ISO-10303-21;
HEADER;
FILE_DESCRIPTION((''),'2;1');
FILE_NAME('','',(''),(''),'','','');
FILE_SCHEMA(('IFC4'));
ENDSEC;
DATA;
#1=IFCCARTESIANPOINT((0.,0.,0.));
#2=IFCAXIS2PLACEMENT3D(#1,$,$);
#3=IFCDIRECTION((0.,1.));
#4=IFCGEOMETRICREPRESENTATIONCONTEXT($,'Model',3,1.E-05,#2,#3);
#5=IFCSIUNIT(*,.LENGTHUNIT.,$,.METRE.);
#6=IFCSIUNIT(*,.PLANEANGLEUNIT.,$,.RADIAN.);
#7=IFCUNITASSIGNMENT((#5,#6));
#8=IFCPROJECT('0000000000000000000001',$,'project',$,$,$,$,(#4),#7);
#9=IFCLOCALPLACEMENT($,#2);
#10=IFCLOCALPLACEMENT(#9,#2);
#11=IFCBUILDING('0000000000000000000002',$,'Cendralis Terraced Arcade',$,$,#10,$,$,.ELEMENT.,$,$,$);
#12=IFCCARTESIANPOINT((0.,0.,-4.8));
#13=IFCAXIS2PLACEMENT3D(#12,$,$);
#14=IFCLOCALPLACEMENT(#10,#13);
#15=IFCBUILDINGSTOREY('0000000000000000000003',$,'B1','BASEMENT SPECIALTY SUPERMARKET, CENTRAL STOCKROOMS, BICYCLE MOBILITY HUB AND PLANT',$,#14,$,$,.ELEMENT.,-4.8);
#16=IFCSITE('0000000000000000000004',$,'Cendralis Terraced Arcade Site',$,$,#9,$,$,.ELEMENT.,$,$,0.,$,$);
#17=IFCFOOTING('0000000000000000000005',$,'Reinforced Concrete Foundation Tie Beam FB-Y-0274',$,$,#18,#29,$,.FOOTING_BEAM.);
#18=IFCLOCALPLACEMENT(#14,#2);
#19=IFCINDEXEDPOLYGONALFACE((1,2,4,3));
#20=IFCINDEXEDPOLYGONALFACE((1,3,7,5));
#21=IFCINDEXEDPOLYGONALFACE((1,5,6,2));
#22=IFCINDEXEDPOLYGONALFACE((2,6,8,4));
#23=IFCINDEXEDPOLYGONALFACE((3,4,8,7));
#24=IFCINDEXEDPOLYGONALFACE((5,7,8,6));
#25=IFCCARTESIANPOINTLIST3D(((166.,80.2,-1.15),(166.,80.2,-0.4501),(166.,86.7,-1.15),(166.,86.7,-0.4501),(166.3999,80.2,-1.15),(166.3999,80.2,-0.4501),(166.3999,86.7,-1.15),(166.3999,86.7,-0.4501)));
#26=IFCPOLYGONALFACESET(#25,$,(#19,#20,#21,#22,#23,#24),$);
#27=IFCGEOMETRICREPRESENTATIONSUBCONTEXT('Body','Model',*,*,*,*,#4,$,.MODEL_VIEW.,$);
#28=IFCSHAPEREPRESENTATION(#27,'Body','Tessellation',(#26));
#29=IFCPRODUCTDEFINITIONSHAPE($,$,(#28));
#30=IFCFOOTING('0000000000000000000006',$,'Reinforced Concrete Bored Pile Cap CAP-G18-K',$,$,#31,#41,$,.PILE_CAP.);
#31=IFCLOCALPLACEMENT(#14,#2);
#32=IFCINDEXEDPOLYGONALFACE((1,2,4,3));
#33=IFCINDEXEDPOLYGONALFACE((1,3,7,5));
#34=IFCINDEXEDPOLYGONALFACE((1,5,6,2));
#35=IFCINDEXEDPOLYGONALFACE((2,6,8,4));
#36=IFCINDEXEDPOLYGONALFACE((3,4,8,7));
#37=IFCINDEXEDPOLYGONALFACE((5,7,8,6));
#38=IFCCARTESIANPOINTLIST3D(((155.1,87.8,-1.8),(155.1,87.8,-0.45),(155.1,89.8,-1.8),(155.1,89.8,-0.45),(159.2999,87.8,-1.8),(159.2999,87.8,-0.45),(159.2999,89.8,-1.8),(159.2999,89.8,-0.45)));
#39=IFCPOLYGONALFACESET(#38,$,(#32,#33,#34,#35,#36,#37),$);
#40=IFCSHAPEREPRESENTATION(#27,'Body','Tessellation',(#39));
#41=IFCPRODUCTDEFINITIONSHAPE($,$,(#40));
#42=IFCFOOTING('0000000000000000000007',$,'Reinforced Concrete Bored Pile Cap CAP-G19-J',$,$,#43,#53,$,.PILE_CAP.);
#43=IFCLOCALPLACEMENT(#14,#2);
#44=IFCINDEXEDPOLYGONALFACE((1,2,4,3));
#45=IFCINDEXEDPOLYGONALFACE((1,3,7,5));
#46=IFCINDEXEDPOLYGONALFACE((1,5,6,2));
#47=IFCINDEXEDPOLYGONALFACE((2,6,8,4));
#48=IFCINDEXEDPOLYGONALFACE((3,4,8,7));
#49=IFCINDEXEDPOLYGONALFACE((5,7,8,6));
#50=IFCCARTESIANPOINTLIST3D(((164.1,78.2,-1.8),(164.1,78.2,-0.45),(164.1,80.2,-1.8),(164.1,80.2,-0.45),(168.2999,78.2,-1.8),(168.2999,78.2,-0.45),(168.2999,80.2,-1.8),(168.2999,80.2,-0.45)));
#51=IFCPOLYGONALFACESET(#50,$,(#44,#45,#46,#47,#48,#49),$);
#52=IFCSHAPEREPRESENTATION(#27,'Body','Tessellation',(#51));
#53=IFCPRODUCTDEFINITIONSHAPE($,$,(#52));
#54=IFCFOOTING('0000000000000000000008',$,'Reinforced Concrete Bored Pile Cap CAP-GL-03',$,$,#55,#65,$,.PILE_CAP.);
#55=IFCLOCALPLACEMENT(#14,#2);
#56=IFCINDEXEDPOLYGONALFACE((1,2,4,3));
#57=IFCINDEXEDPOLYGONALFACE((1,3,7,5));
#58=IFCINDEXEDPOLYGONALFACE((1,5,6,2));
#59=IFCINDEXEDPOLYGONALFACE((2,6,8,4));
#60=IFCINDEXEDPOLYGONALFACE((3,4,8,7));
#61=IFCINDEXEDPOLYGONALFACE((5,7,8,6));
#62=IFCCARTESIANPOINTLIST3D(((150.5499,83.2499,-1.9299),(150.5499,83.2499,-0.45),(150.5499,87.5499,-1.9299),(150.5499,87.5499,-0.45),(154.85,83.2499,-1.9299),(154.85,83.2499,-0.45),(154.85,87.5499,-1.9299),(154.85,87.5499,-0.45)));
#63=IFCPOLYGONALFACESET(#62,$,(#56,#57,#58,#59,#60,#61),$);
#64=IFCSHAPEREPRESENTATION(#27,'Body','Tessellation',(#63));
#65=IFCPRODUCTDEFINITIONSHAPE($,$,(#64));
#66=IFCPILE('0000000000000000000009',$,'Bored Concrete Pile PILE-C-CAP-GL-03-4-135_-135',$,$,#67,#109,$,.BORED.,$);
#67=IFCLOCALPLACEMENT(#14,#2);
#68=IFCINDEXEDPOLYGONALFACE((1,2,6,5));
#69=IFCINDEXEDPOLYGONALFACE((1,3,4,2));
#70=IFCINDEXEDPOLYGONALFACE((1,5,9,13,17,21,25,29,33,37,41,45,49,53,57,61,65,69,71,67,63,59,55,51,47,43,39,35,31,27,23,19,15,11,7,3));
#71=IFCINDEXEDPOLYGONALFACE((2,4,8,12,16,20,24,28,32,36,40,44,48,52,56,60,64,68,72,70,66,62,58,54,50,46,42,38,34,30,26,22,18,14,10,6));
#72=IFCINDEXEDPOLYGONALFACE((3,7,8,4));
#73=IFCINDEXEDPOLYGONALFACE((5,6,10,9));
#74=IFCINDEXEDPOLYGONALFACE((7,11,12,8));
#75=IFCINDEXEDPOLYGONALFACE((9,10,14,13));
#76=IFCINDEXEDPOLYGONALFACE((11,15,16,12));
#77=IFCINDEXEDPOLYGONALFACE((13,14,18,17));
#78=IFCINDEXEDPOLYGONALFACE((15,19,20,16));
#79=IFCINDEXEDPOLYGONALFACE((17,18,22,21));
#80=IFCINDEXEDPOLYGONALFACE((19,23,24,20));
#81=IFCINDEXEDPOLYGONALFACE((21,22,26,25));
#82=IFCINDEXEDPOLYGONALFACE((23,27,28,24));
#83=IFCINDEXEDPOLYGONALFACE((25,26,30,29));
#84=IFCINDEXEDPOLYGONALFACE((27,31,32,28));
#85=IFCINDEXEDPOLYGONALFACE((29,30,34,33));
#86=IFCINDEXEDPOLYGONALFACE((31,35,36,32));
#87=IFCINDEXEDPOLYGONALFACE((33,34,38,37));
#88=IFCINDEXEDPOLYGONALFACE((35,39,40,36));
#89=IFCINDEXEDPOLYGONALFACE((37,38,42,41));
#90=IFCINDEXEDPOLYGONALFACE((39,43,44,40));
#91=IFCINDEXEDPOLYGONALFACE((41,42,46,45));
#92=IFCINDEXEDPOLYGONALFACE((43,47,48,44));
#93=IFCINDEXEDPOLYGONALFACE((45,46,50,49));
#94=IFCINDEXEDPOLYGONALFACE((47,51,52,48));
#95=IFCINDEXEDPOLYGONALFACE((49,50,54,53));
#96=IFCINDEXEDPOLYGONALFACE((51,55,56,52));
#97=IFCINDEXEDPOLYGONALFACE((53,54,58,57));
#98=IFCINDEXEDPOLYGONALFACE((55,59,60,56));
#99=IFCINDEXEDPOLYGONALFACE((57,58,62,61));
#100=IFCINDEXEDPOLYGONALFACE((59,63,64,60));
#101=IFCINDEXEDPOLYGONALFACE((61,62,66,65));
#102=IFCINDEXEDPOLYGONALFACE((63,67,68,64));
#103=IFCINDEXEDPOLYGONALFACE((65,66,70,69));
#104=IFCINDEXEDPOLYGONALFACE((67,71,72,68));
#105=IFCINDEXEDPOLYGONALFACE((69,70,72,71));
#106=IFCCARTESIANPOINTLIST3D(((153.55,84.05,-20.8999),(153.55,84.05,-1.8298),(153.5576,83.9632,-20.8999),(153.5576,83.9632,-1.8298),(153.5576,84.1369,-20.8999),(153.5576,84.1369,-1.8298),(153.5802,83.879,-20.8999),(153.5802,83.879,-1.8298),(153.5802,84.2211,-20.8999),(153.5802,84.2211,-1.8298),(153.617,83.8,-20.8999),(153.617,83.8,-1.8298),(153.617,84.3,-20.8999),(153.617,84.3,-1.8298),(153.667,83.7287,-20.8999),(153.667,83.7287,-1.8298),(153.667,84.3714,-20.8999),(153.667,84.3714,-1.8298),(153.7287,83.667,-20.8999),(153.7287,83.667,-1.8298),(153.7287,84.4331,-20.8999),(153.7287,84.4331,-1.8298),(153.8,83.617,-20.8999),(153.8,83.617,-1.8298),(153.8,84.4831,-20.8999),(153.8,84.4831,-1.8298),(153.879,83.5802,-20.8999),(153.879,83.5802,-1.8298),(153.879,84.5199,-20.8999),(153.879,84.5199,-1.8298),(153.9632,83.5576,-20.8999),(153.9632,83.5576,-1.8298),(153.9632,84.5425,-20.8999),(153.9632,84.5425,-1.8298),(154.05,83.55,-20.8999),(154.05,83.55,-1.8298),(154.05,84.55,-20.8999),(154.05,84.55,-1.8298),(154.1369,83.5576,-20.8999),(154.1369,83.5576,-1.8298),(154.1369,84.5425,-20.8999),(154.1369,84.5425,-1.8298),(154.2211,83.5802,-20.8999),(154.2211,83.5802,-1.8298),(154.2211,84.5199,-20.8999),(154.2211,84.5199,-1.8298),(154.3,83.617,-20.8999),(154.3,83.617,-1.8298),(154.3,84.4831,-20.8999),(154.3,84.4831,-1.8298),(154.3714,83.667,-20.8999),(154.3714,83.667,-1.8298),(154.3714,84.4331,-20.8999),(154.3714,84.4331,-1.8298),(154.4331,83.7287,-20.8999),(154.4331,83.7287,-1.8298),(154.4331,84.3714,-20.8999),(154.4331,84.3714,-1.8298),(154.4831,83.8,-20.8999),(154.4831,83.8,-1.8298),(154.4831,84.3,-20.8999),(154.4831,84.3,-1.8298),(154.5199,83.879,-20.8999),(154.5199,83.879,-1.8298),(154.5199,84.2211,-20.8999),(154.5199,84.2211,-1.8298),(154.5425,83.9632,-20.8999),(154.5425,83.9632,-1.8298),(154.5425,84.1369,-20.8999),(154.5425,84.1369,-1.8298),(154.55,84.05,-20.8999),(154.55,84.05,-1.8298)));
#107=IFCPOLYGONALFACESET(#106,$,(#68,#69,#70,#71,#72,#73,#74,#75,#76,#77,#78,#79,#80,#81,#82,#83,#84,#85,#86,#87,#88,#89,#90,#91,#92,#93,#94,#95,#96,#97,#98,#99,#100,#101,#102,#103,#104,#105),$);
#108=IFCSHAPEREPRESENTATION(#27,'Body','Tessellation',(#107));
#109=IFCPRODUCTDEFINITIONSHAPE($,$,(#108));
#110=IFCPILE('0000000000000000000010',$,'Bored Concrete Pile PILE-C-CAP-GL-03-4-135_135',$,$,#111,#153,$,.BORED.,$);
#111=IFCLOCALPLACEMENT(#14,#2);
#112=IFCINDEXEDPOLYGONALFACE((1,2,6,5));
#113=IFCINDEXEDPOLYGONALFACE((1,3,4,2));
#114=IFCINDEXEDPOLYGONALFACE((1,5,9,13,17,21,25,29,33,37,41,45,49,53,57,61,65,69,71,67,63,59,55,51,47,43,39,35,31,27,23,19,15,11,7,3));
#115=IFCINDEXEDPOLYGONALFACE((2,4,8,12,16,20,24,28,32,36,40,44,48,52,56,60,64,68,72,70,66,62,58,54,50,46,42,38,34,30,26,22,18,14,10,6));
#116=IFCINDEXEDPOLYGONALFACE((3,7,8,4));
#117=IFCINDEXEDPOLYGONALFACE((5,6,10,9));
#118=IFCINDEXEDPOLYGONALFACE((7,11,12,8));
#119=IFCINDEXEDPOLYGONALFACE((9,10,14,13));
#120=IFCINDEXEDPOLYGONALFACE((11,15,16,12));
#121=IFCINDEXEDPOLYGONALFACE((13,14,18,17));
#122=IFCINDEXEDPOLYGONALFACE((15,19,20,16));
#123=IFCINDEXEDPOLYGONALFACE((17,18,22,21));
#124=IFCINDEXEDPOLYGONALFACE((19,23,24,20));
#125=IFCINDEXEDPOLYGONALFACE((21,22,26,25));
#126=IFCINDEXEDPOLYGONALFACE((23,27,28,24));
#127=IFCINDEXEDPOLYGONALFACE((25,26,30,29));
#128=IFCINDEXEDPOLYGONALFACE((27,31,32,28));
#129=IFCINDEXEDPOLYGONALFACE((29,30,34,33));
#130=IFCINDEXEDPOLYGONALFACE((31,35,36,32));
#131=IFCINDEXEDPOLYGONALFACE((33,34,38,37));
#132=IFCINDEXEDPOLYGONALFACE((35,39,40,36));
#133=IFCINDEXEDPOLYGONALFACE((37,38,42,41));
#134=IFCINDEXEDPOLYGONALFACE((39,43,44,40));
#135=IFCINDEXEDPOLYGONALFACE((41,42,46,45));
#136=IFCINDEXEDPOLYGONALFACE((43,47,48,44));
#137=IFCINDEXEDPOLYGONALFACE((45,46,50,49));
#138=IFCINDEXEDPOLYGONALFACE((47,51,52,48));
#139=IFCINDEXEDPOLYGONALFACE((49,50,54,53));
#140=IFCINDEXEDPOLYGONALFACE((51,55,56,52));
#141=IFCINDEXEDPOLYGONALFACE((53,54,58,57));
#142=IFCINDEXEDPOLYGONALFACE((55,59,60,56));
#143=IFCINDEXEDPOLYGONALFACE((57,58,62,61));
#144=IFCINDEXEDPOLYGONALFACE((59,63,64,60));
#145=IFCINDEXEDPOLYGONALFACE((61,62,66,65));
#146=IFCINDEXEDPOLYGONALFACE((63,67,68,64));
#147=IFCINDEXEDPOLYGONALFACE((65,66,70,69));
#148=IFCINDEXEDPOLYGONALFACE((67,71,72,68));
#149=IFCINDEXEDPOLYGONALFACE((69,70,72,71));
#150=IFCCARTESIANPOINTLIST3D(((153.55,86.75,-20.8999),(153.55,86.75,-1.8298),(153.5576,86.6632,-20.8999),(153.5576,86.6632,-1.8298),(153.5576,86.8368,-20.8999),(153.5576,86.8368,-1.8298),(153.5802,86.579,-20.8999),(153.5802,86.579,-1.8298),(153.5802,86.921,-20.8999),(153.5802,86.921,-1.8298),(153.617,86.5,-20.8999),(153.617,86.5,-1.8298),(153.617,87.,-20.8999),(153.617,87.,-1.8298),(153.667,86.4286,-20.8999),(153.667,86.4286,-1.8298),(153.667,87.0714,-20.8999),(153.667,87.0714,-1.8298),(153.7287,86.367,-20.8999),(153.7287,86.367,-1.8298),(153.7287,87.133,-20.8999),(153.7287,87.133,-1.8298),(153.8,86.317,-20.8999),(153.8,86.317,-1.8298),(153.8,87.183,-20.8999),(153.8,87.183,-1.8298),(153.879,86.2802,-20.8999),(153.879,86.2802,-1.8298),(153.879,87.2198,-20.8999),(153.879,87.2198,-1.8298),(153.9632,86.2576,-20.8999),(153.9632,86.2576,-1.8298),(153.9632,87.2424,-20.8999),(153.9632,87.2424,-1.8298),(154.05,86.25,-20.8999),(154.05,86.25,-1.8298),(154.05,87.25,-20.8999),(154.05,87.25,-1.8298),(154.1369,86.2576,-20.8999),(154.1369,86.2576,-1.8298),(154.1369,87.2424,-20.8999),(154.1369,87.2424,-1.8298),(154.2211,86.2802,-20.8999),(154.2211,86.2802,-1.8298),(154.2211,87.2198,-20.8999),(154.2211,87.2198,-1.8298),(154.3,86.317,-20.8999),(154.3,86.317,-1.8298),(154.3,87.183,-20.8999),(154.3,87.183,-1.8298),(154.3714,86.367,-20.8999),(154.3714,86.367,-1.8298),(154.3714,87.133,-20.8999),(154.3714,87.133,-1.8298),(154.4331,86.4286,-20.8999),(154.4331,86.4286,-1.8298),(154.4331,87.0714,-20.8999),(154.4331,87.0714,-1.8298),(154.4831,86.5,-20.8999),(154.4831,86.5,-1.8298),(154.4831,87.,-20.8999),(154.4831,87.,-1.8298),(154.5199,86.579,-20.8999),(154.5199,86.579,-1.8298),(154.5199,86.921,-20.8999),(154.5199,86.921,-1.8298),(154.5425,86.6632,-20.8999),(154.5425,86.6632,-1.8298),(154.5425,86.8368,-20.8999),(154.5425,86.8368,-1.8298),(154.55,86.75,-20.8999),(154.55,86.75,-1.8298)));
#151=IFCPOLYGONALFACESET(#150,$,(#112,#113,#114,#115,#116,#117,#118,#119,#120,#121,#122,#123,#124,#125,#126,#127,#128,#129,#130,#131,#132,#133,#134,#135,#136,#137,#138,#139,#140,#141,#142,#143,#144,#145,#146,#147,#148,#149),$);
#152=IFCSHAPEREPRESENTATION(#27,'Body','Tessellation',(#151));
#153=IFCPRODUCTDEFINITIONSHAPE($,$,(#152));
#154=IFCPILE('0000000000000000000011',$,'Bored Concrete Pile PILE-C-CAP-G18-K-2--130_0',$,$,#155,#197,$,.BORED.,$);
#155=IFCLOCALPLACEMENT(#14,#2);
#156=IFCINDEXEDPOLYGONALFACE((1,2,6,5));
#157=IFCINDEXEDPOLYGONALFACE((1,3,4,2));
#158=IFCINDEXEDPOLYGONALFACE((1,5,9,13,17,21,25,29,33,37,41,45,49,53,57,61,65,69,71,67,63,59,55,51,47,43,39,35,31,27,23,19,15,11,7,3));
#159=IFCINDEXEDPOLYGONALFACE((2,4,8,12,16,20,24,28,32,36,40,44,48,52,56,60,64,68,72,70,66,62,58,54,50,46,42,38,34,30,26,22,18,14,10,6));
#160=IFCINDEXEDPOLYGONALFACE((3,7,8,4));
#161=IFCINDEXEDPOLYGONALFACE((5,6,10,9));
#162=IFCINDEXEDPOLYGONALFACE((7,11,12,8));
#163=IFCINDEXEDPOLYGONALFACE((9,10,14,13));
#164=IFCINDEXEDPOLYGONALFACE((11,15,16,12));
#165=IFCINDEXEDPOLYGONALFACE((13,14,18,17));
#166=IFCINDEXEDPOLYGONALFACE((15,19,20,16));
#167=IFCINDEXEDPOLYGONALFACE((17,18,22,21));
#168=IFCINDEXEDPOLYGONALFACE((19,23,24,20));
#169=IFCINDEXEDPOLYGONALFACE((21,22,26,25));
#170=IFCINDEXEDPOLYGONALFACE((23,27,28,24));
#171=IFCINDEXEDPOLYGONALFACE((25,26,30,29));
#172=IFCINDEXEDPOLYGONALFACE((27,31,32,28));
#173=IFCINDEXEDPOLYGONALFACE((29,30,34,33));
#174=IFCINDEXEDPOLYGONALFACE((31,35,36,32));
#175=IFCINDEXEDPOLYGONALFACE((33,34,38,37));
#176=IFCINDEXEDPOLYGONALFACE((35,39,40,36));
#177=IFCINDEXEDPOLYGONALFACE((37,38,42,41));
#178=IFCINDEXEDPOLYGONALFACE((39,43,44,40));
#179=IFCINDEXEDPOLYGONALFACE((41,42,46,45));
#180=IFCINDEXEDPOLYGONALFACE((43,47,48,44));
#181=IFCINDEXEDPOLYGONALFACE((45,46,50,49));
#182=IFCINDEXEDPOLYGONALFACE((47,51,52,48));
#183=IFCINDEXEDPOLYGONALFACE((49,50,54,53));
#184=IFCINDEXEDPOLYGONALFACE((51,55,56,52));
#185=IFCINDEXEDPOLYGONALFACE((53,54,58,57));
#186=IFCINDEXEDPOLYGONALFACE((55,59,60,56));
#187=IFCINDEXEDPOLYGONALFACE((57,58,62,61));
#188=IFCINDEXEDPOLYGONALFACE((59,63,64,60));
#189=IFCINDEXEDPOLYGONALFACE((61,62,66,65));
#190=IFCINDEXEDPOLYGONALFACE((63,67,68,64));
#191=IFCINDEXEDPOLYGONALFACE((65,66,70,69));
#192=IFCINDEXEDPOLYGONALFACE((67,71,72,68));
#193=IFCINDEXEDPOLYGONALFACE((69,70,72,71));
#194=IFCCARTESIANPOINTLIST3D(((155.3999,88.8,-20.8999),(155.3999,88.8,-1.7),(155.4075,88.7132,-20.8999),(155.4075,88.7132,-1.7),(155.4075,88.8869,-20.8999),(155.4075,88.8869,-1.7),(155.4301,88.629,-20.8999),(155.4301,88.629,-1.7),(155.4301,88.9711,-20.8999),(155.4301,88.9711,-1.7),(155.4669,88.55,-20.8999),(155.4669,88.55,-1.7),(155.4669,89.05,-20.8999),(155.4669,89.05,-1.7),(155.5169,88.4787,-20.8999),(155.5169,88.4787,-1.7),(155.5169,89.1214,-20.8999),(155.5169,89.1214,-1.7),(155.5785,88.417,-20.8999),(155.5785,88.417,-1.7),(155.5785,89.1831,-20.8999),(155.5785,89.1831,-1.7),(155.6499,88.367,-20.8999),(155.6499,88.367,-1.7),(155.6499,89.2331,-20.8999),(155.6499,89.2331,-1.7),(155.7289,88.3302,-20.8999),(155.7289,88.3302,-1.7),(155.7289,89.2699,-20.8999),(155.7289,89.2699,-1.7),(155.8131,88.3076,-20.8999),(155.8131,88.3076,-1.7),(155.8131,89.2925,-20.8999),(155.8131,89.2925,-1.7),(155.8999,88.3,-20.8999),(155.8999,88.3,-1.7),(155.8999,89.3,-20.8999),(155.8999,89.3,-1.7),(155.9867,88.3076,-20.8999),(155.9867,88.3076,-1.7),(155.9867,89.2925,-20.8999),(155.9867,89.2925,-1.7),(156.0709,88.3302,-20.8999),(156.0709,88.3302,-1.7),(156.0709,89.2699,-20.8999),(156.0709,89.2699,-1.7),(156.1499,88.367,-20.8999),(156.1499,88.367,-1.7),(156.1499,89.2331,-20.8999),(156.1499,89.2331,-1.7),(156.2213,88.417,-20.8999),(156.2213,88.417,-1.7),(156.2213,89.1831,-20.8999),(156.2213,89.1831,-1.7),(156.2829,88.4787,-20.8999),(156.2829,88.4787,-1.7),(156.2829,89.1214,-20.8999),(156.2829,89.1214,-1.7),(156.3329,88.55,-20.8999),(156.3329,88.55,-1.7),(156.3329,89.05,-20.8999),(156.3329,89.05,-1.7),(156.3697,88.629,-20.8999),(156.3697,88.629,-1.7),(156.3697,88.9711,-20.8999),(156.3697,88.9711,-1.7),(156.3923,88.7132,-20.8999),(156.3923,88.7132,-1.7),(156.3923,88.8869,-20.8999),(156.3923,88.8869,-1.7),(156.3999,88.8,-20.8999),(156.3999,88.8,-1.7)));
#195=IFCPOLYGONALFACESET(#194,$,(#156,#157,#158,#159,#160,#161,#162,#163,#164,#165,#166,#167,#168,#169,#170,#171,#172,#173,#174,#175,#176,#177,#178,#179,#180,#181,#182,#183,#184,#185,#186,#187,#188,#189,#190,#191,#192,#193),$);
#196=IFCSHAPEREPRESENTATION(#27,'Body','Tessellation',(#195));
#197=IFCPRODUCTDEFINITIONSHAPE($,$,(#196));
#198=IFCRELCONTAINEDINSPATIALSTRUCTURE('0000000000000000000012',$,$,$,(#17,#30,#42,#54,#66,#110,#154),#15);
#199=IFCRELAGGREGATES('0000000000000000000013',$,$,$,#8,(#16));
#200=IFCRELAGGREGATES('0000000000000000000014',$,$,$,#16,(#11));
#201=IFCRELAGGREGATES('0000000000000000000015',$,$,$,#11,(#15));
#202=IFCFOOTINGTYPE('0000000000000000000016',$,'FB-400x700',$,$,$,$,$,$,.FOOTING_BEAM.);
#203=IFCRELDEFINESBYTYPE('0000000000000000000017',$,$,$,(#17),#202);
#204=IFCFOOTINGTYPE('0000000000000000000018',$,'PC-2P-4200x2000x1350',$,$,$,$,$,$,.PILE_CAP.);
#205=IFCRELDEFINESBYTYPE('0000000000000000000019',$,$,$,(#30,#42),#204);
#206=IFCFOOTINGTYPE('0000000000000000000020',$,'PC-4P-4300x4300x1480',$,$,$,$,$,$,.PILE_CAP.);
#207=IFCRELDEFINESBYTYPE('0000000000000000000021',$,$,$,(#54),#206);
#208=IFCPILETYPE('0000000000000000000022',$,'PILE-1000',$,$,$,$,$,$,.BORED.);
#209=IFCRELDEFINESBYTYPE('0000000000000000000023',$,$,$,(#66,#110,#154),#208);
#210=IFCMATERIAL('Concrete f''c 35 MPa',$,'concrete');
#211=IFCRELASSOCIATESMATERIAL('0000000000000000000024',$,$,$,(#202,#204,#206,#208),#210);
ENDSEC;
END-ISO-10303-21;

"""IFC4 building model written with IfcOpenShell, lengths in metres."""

from ifc_helpers import new_model, si_unit, direction, frame, origin, origin_2d, place, context, subcontext, project, spatial, rectangle, circle, extrude, material, material_profile, profile_set, type_object, element, save


model = new_model("IFC4")

# Units and contexts
model_context = context("Model", 3, precision=1e-05, world=origin(), true_north=direction((0.0, 1.0)))
body_context = subcontext(model_context, "Body", "Model", "MODEL_VIEW")
ifc_project = project(units=[si_unit("LENGTHUNIT", "METRE"), si_unit("PLANEANGLEUNIT", "RADIAN")], contexts=[model_context])

# Site, building, storey
site_placement = place(None, origin())
site = spatial("IfcSite", under=ifc_project, at=site_placement, Name="Cendralis Terraced Arcade Site", CompositionType="ELEMENT", RefElevation=0.0)
building_placement = place(site_placement, origin())
building = spatial("IfcBuilding", under=site, at=building_placement, Name="Cendralis Terraced Arcade", CompositionType="ELEMENT")
storey_placement = place(building_placement, frame((0.0, 0.0, -4.8)))
storey = spatial("IfcBuildingStorey", under=building, at=storey_placement, Name="B1", Description="BASEMENT SPECIALTY SUPERMARKET, CENTRAL STOCKROOMS, BICYCLE MOBILITY HUB AND PLANT", CompositionType="ELEMENT", Elevation=-4.8)

# Footings
ifc_material_1 = material(Name="Concrete f'c 35 MPa", Category="concrete")
ifc_material_profile_1 = material_profile(ifc_material_1, rectangle(XDim=0.3999, YDim=0.7, at=origin_2d()), Name="FB-400x700", Category="LoadBearing")
ifc_profile_set_1 = profile_set([ifc_material_profile_1], Name="Concrete f'c 35 MPa")
footing_type_1 = type_object("IfcFootingType", Name="FB-400x700", PredefinedType="FOOTING_BEAM", material=ifc_profile_set_1)
footing_1_placement = place(storey_placement, frame((166.2, 80.2, -0.8), z_axis=(0.0, 1.0, 0.0), x_axis=(-1.0, 0.0, 0.0)))
element("IfcFooting", 1, at=footing_1_placement, inside=storey, type_object=footing_type_1, Name="Reinforced Concrete Foundation Tie Beam FB-Y-0274", PredefinedType="FOOTING_BEAM", context=body_context, shape_type="SweptSolid", body=[
    extrude(rectangle(XDim=0.3999, YDim=0.7, at=origin_2d()), origin(), (0.0, 0.0, 1.0), 6.5),
])
footing_type_2 = type_object("IfcFootingType", Name="PC-2P-4200x2000x1350", PredefinedType="PILE_CAP", material=ifc_material_1)
for number, where, z_axis, x_axis, name in (
    (2, (157.2, 88.8, -1.8), (0.0, 0.0, 1.0), (1.0, 0.0, 0.0), "Reinforced Concrete Bored Pile Cap CAP-G18-K"),
    (3, (166.2, 79.2, -1.8), (0.0, 0.0, 1.0), (1.0, 0.0, 0.0), "Reinforced Concrete Bored Pile Cap CAP-G19-J"),
):
    element("IfcFooting", number, at=place(storey_placement, frame(where, z_axis=z_axis, x_axis=x_axis)), inside=storey, type_object=footing_type_2, Name=name, PredefinedType="PILE_CAP", context=body_context, shape_type="SweptSolid", body=[
        extrude(rectangle(XDim=4.2, YDim=2.0, at=origin_2d()), origin(), (0.0, 0.0, 1.0), 1.3501),
    ])
footing_type_3 = type_object("IfcFootingType", Name="PC-4P-4300x4300x1480", PredefinedType="PILE_CAP", material=ifc_material_1)
footing_2_placement = place(storey_placement, frame((152.7, 85.3999, -1.9299), z_axis=(0.0, 0.0, 1.0), x_axis=(1.0, 0.0, 0.0)))
element("IfcFooting", 4, at=footing_2_placement, inside=storey, type_object=footing_type_3, Name="Reinforced Concrete Bored Pile Cap CAP-GL-03", PredefinedType="PILE_CAP", context=body_context, shape_type="SweptSolid", body=[
    extrude(rectangle(XDim=4.3, YDim=4.3, at=origin_2d()), origin(), (0.0, 0.0, 1.0), 1.48),
])

# Piles
ifc_material_profile_2 = material_profile(ifc_material_1, circle(Radius=0.5, at=origin_2d()), Name="PILE-D1000", Category="LoadBearing")
ifc_profile_set_2 = profile_set([ifc_material_profile_2], Name="Concrete f'c 35 MPa")
pile_type_1 = type_object("IfcPileType", Name="PILE-1000", PredefinedType="BORED", material=ifc_profile_set_2)
for number, where, z_axis, x_axis, name in (
    (5, (154.05, 84.05, -1.8298), (0.0, 0.0, -1.0), (1.0, 0.0, 0.0), "Bored Concrete Pile PILE-C-CAP-GL-03-4-135_-135"),
    (6, (154.05, 86.75, -1.8298), (0.0, 0.0, -1.0), (1.0, 0.0, 0.0), "Bored Concrete Pile PILE-C-CAP-GL-03-4-135_135"),
):
    element("IfcPile", number, at=place(storey_placement, frame(where, z_axis=z_axis, x_axis=x_axis)), inside=storey, type_object=pile_type_1, Name=name, PredefinedType="BORED", context=body_context, shape_type="SweptSolid", body=[
        extrude(circle(Radius=0.5, at=origin_2d()), origin(), (0.0, 0.0, 1.0), 19.0701),
    ])
for number, where, z_axis, x_axis, name in (
    (7, (155.8999, 88.8, -1.7), (0.0, 0.0, -1.0), (1.0, 0.0, 0.0), "Bored Concrete Pile PILE-C-CAP-G18-K-2--130_0"),
):
    element("IfcPile", number, at=place(storey_placement, frame(where, z_axis=z_axis, x_axis=x_axis)), inside=storey, type_object=pile_type_1, Name=name, PredefinedType="BORED", context=body_context, shape_type="SweptSolid", body=[
        extrude(circle(Radius=0.5, at=origin_2d()), origin(), (0.0, 0.0, 1.0), 19.2),
    ])

save(model, "model.ifc")
